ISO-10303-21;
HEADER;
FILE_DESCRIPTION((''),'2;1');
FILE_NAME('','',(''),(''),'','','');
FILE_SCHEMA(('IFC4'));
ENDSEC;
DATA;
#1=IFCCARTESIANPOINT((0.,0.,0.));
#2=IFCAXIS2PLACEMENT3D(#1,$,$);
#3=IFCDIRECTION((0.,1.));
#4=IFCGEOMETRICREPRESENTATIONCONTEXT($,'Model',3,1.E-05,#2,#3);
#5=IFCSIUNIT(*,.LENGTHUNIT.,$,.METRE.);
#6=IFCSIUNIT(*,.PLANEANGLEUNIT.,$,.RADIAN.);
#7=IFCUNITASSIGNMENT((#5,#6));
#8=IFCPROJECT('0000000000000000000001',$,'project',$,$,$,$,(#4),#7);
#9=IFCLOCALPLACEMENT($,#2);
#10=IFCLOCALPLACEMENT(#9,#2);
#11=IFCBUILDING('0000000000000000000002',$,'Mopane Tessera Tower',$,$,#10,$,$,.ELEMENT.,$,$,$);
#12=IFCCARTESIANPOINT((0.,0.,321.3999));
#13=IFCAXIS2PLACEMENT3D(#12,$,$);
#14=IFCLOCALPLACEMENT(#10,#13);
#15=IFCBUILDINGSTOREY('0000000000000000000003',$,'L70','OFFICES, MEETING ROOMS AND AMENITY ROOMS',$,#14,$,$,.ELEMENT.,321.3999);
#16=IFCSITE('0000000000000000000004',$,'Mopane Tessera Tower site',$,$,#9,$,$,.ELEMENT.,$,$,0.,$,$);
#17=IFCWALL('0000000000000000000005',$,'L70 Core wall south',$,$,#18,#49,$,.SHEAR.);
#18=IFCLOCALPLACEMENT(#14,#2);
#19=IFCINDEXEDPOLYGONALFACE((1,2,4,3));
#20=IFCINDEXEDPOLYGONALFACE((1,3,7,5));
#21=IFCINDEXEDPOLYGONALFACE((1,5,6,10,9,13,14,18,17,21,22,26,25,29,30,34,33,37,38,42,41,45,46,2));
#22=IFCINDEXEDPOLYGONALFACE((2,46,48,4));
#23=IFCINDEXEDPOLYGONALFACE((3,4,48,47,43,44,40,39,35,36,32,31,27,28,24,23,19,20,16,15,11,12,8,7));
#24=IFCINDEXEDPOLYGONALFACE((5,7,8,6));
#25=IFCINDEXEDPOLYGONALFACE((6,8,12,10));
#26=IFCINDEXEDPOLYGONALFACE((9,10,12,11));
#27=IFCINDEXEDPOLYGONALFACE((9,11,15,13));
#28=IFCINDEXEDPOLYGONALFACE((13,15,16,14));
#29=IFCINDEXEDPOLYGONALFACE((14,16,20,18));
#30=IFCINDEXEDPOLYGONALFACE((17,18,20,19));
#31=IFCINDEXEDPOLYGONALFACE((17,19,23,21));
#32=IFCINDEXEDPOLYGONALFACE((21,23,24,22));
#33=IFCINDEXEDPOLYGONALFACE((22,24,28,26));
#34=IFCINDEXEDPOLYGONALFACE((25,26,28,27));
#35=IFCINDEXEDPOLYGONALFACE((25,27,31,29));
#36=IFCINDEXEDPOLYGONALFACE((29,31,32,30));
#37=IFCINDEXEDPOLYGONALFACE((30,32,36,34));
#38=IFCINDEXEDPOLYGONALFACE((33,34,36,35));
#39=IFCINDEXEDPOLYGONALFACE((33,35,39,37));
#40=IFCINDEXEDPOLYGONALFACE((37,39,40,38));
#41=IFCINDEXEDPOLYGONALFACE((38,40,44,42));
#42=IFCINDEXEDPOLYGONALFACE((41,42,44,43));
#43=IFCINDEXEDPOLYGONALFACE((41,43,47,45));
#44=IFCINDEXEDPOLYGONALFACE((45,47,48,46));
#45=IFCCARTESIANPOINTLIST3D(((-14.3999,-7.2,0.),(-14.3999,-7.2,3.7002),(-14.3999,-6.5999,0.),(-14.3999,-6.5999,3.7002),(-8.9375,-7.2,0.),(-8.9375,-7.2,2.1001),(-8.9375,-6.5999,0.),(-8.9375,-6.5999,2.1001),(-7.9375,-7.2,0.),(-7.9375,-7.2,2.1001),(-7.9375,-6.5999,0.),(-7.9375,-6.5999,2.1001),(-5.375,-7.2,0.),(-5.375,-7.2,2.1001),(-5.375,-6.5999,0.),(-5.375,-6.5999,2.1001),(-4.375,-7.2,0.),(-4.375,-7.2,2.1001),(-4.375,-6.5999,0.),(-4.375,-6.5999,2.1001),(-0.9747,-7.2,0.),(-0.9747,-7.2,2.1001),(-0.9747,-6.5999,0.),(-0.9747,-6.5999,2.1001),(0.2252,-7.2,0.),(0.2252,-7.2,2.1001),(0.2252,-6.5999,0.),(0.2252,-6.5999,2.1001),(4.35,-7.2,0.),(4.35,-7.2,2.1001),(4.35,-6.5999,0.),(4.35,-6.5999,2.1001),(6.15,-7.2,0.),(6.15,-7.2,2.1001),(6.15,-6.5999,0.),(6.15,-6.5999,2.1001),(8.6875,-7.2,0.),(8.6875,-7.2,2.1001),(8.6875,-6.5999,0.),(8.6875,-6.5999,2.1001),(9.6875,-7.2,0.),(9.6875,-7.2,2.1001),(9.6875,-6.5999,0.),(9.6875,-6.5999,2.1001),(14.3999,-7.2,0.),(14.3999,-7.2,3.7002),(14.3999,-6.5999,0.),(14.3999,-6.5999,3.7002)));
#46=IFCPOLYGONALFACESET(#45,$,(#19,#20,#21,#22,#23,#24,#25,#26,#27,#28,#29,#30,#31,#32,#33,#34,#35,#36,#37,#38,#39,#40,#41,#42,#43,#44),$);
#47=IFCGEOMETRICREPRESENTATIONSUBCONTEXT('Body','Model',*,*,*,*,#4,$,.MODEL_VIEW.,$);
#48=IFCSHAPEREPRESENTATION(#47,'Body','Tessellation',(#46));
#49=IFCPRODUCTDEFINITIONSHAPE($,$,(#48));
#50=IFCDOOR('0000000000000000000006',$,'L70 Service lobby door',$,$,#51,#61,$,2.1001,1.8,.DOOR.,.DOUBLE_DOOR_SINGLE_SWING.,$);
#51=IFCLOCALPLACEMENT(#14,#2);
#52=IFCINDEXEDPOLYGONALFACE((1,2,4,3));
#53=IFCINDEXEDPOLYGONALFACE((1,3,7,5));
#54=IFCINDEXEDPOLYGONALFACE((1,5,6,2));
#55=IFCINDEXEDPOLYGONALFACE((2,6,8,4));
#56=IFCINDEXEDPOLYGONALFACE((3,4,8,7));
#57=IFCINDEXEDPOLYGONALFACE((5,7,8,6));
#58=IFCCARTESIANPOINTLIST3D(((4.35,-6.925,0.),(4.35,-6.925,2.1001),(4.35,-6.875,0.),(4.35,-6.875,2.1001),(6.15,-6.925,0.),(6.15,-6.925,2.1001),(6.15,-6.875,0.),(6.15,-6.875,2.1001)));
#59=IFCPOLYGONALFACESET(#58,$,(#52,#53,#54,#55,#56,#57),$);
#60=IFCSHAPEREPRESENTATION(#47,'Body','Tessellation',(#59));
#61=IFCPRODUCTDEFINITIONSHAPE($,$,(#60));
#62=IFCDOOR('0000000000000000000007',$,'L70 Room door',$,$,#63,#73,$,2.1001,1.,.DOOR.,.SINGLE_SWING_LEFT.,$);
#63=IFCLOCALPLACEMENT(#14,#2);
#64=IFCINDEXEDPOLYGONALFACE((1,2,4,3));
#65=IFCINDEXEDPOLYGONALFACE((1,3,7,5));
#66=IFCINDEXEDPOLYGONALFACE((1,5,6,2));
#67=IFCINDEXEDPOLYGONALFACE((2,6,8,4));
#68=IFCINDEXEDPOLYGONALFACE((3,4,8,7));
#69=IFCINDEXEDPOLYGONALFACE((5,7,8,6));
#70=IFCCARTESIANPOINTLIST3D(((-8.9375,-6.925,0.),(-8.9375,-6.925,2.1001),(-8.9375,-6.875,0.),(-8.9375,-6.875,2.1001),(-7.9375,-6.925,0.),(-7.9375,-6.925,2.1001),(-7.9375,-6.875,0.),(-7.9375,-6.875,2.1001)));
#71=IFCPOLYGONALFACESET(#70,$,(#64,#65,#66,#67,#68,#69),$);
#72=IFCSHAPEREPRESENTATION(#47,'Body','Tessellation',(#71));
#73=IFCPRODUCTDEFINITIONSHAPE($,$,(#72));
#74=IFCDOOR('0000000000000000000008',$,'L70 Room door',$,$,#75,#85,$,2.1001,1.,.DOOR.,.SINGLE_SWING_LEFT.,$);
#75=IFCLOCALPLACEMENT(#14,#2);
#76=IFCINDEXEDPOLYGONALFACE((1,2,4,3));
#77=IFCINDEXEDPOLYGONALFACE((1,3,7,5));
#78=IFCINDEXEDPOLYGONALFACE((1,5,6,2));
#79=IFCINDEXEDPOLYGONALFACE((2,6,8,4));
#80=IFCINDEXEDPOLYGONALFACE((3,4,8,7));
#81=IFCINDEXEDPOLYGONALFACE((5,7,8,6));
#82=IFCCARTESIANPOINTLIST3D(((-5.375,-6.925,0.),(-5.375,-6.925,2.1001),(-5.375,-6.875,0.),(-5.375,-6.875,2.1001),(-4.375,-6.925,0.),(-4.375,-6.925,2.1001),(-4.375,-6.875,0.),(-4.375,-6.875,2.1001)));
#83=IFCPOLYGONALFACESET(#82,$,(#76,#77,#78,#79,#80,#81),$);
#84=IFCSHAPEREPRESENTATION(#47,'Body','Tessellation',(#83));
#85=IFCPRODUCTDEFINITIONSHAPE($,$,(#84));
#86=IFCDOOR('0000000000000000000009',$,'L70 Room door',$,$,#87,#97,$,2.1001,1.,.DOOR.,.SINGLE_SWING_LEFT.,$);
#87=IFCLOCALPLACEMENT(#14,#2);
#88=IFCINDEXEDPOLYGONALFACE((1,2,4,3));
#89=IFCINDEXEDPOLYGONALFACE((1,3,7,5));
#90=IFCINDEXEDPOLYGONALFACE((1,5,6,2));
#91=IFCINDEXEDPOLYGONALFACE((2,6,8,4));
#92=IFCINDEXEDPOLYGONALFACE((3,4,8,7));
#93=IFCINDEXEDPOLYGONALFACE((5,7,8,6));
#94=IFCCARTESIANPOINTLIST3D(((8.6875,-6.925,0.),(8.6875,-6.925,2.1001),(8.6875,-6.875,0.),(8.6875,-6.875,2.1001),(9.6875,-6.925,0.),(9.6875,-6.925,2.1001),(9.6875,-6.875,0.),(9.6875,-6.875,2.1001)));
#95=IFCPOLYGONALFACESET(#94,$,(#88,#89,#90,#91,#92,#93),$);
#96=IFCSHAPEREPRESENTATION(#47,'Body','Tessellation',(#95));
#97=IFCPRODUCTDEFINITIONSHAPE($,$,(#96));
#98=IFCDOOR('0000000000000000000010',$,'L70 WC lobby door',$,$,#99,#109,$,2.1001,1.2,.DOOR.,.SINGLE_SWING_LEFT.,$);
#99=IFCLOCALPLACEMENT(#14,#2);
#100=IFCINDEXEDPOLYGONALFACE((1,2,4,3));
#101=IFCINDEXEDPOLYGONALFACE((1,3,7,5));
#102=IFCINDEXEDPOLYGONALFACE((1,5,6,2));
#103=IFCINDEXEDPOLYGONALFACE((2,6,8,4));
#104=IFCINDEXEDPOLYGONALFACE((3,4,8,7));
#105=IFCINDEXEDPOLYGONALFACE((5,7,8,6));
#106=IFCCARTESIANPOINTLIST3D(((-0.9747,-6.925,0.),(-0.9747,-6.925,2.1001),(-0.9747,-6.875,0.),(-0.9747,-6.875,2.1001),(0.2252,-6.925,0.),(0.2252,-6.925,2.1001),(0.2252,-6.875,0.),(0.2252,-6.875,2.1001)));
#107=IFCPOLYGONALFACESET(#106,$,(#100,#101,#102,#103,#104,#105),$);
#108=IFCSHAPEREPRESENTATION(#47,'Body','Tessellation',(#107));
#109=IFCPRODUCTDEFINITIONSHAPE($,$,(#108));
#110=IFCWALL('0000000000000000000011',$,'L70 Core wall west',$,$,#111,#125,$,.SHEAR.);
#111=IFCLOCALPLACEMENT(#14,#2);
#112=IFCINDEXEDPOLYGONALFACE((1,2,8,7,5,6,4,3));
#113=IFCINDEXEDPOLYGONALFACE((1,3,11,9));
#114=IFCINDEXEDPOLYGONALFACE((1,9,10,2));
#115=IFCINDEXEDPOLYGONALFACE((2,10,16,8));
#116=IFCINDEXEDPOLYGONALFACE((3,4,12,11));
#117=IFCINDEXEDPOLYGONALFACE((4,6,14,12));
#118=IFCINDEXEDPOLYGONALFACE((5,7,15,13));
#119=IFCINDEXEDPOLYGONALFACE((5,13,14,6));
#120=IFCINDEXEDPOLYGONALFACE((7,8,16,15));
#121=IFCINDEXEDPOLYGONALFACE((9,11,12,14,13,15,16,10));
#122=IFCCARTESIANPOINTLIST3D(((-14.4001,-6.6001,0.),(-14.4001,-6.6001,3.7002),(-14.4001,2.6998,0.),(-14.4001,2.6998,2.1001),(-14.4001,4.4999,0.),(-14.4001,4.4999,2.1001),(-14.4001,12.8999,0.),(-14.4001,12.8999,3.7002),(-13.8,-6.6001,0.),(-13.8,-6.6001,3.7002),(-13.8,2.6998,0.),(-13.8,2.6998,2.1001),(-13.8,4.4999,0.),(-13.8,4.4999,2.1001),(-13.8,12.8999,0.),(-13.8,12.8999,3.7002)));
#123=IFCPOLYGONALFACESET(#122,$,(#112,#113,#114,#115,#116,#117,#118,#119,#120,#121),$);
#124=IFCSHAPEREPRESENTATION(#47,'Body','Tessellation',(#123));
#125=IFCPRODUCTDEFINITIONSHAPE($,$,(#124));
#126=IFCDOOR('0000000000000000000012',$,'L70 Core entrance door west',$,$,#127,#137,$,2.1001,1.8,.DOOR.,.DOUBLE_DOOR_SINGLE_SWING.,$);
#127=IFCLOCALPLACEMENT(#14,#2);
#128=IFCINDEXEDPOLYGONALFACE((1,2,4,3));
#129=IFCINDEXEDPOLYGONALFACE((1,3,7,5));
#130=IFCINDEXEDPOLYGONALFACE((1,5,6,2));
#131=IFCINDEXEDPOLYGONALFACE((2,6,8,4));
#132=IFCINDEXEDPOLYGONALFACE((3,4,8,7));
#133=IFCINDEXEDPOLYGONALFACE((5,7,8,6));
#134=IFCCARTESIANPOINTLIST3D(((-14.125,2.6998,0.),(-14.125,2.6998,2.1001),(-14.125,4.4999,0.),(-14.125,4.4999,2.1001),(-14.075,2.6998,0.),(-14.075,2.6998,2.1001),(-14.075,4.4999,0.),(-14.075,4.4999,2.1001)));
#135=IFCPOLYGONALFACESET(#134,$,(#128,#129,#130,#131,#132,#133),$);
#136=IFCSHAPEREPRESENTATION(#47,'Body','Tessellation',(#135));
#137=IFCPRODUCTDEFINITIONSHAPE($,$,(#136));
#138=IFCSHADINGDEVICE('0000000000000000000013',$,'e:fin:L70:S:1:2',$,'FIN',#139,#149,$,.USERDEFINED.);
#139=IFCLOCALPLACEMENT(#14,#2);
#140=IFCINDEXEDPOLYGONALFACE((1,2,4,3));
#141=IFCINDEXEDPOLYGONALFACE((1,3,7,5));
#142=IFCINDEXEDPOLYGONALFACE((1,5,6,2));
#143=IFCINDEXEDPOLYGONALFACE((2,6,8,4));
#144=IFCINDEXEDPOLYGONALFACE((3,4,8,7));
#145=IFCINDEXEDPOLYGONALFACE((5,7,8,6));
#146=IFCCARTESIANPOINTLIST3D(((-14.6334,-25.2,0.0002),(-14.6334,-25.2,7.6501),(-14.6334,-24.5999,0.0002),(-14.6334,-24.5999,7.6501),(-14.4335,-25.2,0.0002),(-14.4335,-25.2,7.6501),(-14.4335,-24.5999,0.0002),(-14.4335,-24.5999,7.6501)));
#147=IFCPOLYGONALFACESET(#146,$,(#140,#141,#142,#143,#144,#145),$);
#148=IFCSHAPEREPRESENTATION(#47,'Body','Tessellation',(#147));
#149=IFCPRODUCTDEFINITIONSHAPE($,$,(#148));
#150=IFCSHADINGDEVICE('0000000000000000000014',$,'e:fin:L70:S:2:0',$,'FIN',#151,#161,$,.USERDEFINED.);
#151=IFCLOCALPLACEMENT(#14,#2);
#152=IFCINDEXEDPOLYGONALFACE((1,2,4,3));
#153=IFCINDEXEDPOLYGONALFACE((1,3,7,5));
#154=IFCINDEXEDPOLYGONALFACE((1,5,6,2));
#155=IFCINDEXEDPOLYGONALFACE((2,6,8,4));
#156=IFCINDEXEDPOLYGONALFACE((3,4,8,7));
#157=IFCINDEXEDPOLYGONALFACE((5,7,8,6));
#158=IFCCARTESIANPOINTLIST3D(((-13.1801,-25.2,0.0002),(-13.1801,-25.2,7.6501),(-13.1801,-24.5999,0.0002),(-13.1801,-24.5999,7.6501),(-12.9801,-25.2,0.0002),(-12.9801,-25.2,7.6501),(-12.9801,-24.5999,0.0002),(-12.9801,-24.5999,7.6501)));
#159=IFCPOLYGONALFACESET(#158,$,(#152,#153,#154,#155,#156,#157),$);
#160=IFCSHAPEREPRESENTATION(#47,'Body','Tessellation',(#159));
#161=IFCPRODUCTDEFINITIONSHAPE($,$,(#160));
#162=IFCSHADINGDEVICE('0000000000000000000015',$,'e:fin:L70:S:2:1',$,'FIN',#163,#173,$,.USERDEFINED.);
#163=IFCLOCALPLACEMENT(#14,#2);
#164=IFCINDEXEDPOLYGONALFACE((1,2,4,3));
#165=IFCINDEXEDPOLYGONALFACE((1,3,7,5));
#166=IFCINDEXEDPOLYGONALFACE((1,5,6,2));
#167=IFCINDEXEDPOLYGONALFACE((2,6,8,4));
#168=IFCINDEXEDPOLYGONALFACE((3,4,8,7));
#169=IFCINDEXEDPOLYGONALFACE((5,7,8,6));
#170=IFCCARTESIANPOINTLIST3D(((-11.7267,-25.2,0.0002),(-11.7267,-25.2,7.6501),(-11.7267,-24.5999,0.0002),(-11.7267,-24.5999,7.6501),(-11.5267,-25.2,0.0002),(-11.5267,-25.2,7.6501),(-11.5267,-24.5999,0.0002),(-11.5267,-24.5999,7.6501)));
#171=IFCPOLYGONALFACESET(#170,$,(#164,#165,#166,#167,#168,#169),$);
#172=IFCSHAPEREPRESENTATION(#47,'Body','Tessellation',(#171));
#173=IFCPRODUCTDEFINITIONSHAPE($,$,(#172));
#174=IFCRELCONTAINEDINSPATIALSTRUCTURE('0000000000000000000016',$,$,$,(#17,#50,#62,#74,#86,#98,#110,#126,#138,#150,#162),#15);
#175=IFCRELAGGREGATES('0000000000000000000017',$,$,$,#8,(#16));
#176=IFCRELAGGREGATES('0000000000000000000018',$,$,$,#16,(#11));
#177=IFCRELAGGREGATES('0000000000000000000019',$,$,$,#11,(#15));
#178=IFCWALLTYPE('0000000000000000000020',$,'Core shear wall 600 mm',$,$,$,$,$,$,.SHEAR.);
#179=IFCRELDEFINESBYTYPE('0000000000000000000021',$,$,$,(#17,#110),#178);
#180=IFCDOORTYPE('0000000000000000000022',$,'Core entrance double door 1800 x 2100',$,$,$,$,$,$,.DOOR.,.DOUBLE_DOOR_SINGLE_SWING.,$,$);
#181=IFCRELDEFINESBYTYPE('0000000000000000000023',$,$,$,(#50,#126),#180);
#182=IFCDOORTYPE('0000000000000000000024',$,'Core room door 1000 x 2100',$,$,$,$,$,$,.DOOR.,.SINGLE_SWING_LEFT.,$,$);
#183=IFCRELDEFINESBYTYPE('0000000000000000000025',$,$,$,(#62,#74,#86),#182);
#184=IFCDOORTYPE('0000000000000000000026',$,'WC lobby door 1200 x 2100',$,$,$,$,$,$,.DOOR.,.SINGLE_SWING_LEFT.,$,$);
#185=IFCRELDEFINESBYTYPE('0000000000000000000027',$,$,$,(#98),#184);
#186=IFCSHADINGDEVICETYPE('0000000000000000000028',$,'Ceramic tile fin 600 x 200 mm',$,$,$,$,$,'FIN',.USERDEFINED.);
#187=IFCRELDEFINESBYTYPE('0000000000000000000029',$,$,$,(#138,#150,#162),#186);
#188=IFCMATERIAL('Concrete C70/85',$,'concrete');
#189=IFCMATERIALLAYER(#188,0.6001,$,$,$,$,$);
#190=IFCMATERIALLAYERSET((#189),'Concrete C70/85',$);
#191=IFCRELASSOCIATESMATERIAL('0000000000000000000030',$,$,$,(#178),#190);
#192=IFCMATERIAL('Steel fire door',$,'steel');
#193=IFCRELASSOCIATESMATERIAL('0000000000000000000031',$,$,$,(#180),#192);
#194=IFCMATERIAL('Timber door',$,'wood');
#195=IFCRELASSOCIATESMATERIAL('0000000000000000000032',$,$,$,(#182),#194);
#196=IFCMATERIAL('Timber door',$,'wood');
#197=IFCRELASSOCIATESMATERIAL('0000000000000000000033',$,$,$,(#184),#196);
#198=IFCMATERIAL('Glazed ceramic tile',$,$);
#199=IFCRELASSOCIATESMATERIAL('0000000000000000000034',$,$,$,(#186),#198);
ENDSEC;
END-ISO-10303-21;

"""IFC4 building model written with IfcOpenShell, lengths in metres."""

from ifc_helpers import new_model, si_unit, direction, frame, frame_2d, origin, origin_2d, place, context, subcontext, project, spatial, rectangle, extrude, material, layer, layer_set, type_object, element, fill, save


model = new_model("IFC4")

# Units and contexts
model_context = context("Model", 3, precision=1e-05, world=origin(), true_north=direction((0.0, 1.0)))
body_context = subcontext(model_context, "Body", "Model", "MODEL_VIEW")
ifc_project = project(units=[si_unit("LENGTHUNIT", "METRE"), si_unit("PLANEANGLEUNIT", "RADIAN")], contexts=[model_context])

# Site, building, storey
site_placement = place(None, origin())
site = spatial("IfcSite", under=ifc_project, at=site_placement, Name="Mopane Tessera Tower site", CompositionType="ELEMENT", RefElevation=0.0)
building_placement = place(site_placement, origin())
building = spatial("IfcBuilding", under=site, at=building_placement, Name="Mopane Tessera Tower", CompositionType="ELEMENT")
storey_placement = place(building_placement, frame((0.0, 0.0, 321.3999)))
storey = spatial("IfcBuildingStorey", under=building, at=storey_placement, Name="L70", Description="OFFICES, MEETING ROOMS AND AMENITY ROOMS", CompositionType="ELEMENT", Elevation=321.3999)

# Wall, openings, doors
ifc_material_1 = material(Name="Concrete C70/85", Category="concrete")
ifc_layer_1 = layer(ifc_material_1, 0.6001)
ifc_layer_set_1 = layer_set([ifc_layer_1], Name="Concrete C70/85")
wall_type_1 = type_object("IfcWallType", Name="Core shear wall 600 mm", PredefinedType="SHEAR", material=ifc_layer_set_1)
wall_1_placement = place(storey_placement, frame((-14.3999, -6.8999, 0.0), z_axis=(0.0, 0.0, 1.0), x_axis=(1.0, 0.0, 0.0)))
wall_1 = element("IfcWall", 1, at=wall_1_placement, inside=storey, type_object=wall_type_1, Name="L70 Core wall south", PredefinedType="SHEAR", context=body_context, shape_type="SweptSolid", body=[
    extrude(rectangle(XDim=28.7998, YDim=0.6001, at=frame_2d((14.3999, 0.0))), origin(), (0.0, 0.0, 1.0), 3.7002),
])
opening_1_placement = place(wall_1_placement, frame((5.4624, 0.0, 0.0)))
opening_1 = element("IfcOpeningElement", 2, at=opening_1_placement, cuts=wall_1, PredefinedType="OPENING", context=body_context, shape_type="SweptSolid", body=[
    extrude(rectangle(XDim=1.0, YDim=2.1001, at=frame_2d((0.5, 1.05))), frame((0.0, 0.312, 0.0), z_axis=(0.0, -1.0, 0.0), x_axis=(1.0, 0.0, 0.0)), (0.0, 0.0, 1.0), 0.624),
])
opening_2_placement = place(wall_1_placement, frame((9.0249, 0.0, 0.0)))
opening_2 = element("IfcOpeningElement", 3, at=opening_2_placement, cuts=wall_1, PredefinedType="OPENING", context=body_context, shape_type="SweptSolid", body=[
    extrude(rectangle(XDim=1.0, YDim=2.1001, at=frame_2d((0.5, 1.05))), frame((0.0, 0.312, 0.0), z_axis=(0.0, -1.0, 0.0), x_axis=(1.0, 0.0, 0.0)), (0.0, 0.0, 1.0), 0.624),
])
opening_3_placement = place(wall_1_placement, frame((13.425, 0.0, 0.0)))
opening_3 = element("IfcOpeningElement", 4, at=opening_3_placement, cuts=wall_1, PredefinedType="OPENING", context=body_context, shape_type="SweptSolid", body=[
    extrude(rectangle(XDim=1.2, YDim=2.1001, at=frame_2d((0.6001, 1.05))), frame((0.0, 0.312, 0.0), z_axis=(0.0, -1.0, 0.0), x_axis=(1.0, 0.0, 0.0)), (0.0, 0.0, 1.0), 0.624),
])
opening_4_placement = place(wall_1_placement, frame((18.75, 0.0, 0.0)))
opening_4 = element("IfcOpeningElement", 5, at=opening_4_placement, cuts=wall_1, PredefinedType="OPENING", context=body_context, shape_type="SweptSolid", body=[
    extrude(rectangle(XDim=1.8, YDim=2.1001, at=frame_2d((0.8999, 1.05))), frame((0.0, 0.312, 0.0), z_axis=(0.0, -1.0, 0.0), x_axis=(1.0, 0.0, 0.0)), (0.0, 0.0, 1.0), 0.624),
])
opening_5_placement = place(wall_1_placement, frame((23.0874, 0.0, 0.0)))
opening_5 = element("IfcOpeningElement", 6, at=opening_5_placement, cuts=wall_1, PredefinedType="OPENING", context=body_context, shape_type="SweptSolid", body=[
    extrude(rectangle(XDim=1.0, YDim=2.1001, at=frame_2d((0.5, 1.05))), frame((0.0, 0.312, 0.0), z_axis=(0.0, -1.0, 0.0), x_axis=(1.0, 0.0, 0.0)), (0.0, 0.0, 1.0), 0.624),
])
ifc_material_2 = material(Name="Steel fire door", Category="steel")
door_type_1 = type_object("IfcDoorType", Name="Core entrance double door 1800 x 2100", OperationType="DOUBLE_DOOR_SINGLE_SWING", PredefinedType="DOOR", material=ifc_material_2)
door_1_placement = place(opening_4_placement, origin())
door_1 = element("IfcDoor", 7, at=door_1_placement, inside=storey, type_object=door_type_1, Name="L70 Service lobby door", OperationType="DOUBLE_DOOR_SINGLE_SWING", OverallHeight=2.1001, OverallWidth=1.8, PredefinedType="DOOR", context=body_context, shape_type="SweptSolid", body=[
    extrude(rectangle(XDim=1.8, YDim=2.1001, at=frame_2d((0.8999, 1.05))), frame((0.0, 0.0249, 0.0), z_axis=(0.0, -1.0, 0.0), x_axis=(1.0, 0.0, 0.0)), (0.0, 0.0, 1.0), 0.05),
])
fill(opening_4, door_1)
ifc_material_3 = material(Name="Timber door", Category="wood")
door_type_2 = type_object("IfcDoorType", Name="Core room door 1000 x 2100", OperationType="SINGLE_SWING_LEFT", PredefinedType="DOOR", material=ifc_material_3)
door_2_placement = place(opening_1_placement, origin())
door_2 = element("IfcDoor", 8, at=door_2_placement, inside=storey, type_object=door_type_2, Name="L70 Room door", OperationType="SINGLE_SWING_LEFT", OverallHeight=2.1001, OverallWidth=1.0, PredefinedType="DOOR", context=body_context, shape_type="SweptSolid", body=[
    extrude(rectangle(XDim=1.0, YDim=2.1001, at=frame_2d((0.5, 1.05))), frame((0.0, 0.0249, 0.0), z_axis=(0.0, -1.0, 0.0), x_axis=(1.0, 0.0, 0.0)), (0.0, 0.0, 1.0), 0.05),
])
fill(opening_1, door_2)
door_3_placement = place(opening_2_placement, origin())
door_3 = element("IfcDoor", 9, at=door_3_placement, inside=storey, type_object=door_type_2, Name="L70 Room door", OperationType="SINGLE_SWING_LEFT", OverallHeight=2.1001, OverallWidth=1.0, PredefinedType="DOOR", context=body_context, shape_type="SweptSolid", body=[
    extrude(rectangle(XDim=1.0, YDim=2.1001, at=frame_2d((0.5, 1.05))), frame((0.0, 0.0249, 0.0), z_axis=(0.0, -1.0, 0.0), x_axis=(1.0, 0.0, 0.0)), (0.0, 0.0, 1.0), 0.05),
])
fill(opening_2, door_3)
door_4_placement = place(opening_5_placement, origin())
door_4 = element("IfcDoor", 10, at=door_4_placement, inside=storey, type_object=door_type_2, Name="L70 Room door", OperationType="SINGLE_SWING_LEFT", OverallHeight=2.1001, OverallWidth=1.0, PredefinedType="DOOR", context=body_context, shape_type="SweptSolid", body=[
    extrude(rectangle(XDim=1.0, YDim=2.1001, at=frame_2d((0.5, 1.05))), frame((0.0, 0.0249, 0.0), z_axis=(0.0, -1.0, 0.0), x_axis=(1.0, 0.0, 0.0)), (0.0, 0.0, 1.0), 0.05),
])
fill(opening_5, door_4)
ifc_material_4 = material(Name="Timber door", Category="wood")
door_type_3 = type_object("IfcDoorType", Name="WC lobby door 1200 x 2100", OperationType="SINGLE_SWING_LEFT", PredefinedType="DOOR", material=ifc_material_4)
door_5_placement = place(opening_3_placement, origin())
door_5 = element("IfcDoor", 11, at=door_5_placement, inside=storey, type_object=door_type_3, Name="L70 WC lobby door", OperationType="SINGLE_SWING_LEFT", OverallHeight=2.1001, OverallWidth=1.2, PredefinedType="DOOR", context=body_context, shape_type="SweptSolid", body=[
    extrude(rectangle(XDim=1.2, YDim=2.1001, at=frame_2d((0.6001, 1.05))), frame((0.0, 0.0249, 0.0), z_axis=(0.0, -1.0, 0.0), x_axis=(1.0, 0.0, 0.0)), (0.0, 0.0, 1.0), 0.05),
])
fill(opening_3, door_5)

# Wall, opening, door
wall_2_placement = place(storey_placement, frame((-14.1001, -6.6001, 0.0), z_axis=(0.0, 0.0, 1.0), x_axis=(0.0, 1.0, 0.0)))
wall_2 = element("IfcWall", 12, at=wall_2_placement, inside=storey, type_object=wall_type_1, Name="L70 Core wall west", PredefinedType="SHEAR", context=body_context, shape_type="SweptSolid", body=[
    extrude(rectangle(XDim=19.5, YDim=0.6001, at=frame_2d((9.75, 0.0))), origin(), (0.0, 0.0, 1.0), 3.7002),
])
opening_6_placement = place(wall_2_placement, frame((9.3, 0.0, 0.0)))
opening_6 = element("IfcOpeningElement", 13, at=opening_6_placement, cuts=wall_2, PredefinedType="OPENING", context=body_context, shape_type="SweptSolid", body=[
    extrude(rectangle(XDim=1.8, YDim=2.1001, at=frame_2d((0.8999, 1.05))), frame((0.0, 0.312, 0.0), z_axis=(0.0, -1.0, 0.0), x_axis=(1.0, 0.0, 0.0)), (0.0, 0.0, 1.0), 0.624),
])
door_6_placement = place(opening_6_placement, origin())
door_6 = element("IfcDoor", 14, at=door_6_placement, inside=storey, type_object=door_type_1, Name="L70 Core entrance door west", OperationType="DOUBLE_DOOR_SINGLE_SWING", OverallHeight=2.1001, OverallWidth=1.8, PredefinedType="DOOR", context=body_context, shape_type="SweptSolid", body=[
    extrude(rectangle(XDim=1.8, YDim=2.1001, at=frame_2d((0.8999, 1.05))), frame((0.0, 0.0249, 0.0), z_axis=(0.0, -1.0, 0.0), x_axis=(1.0, 0.0, 0.0)), (0.0, 0.0, 1.0), 0.05),
])
fill(opening_6, door_6)

# Shading devices
ifc_material_5 = material(Name="Glazed ceramic tile")
shading_device_type = type_object("IfcShadingDeviceType", Name="Ceramic tile fin 600 x 200 mm", ElementType="FIN", PredefinedType="USERDEFINED", material=ifc_material_5)
for number, where, z_axis, x_axis, name in (
    (15, (-14.5334, -24.8999, 0.0002), (0.0, 0.0, 1.0), (1.0, 0.0, 0.0), "e:fin:L70:S:1:2"),
    (16, (-13.0801, -24.8999, 0.0002), (0.0, 0.0, 1.0), (1.0, 0.0, 0.0), "e:fin:L70:S:2:0"),
    (17, (-11.6267, -24.8999, 0.0002), (0.0, 0.0, 1.0), (1.0, 0.0, 0.0), "e:fin:L70:S:2:1"),
):
    element("IfcShadingDevice", number, at=place(storey_placement, frame(where, z_axis=z_axis, x_axis=x_axis)), inside=storey, type_object=shading_device_type, Name=name, ObjectType="FIN", PredefinedType="USERDEFINED", context=body_context, shape_type="SweptSolid", body=[
        extrude(rectangle(XDim=0.2, YDim=0.6001, at=origin_2d()), origin(), (0.0, 0.0, 1.0), 7.6499),
    ])

save(model, "model.ifc")
